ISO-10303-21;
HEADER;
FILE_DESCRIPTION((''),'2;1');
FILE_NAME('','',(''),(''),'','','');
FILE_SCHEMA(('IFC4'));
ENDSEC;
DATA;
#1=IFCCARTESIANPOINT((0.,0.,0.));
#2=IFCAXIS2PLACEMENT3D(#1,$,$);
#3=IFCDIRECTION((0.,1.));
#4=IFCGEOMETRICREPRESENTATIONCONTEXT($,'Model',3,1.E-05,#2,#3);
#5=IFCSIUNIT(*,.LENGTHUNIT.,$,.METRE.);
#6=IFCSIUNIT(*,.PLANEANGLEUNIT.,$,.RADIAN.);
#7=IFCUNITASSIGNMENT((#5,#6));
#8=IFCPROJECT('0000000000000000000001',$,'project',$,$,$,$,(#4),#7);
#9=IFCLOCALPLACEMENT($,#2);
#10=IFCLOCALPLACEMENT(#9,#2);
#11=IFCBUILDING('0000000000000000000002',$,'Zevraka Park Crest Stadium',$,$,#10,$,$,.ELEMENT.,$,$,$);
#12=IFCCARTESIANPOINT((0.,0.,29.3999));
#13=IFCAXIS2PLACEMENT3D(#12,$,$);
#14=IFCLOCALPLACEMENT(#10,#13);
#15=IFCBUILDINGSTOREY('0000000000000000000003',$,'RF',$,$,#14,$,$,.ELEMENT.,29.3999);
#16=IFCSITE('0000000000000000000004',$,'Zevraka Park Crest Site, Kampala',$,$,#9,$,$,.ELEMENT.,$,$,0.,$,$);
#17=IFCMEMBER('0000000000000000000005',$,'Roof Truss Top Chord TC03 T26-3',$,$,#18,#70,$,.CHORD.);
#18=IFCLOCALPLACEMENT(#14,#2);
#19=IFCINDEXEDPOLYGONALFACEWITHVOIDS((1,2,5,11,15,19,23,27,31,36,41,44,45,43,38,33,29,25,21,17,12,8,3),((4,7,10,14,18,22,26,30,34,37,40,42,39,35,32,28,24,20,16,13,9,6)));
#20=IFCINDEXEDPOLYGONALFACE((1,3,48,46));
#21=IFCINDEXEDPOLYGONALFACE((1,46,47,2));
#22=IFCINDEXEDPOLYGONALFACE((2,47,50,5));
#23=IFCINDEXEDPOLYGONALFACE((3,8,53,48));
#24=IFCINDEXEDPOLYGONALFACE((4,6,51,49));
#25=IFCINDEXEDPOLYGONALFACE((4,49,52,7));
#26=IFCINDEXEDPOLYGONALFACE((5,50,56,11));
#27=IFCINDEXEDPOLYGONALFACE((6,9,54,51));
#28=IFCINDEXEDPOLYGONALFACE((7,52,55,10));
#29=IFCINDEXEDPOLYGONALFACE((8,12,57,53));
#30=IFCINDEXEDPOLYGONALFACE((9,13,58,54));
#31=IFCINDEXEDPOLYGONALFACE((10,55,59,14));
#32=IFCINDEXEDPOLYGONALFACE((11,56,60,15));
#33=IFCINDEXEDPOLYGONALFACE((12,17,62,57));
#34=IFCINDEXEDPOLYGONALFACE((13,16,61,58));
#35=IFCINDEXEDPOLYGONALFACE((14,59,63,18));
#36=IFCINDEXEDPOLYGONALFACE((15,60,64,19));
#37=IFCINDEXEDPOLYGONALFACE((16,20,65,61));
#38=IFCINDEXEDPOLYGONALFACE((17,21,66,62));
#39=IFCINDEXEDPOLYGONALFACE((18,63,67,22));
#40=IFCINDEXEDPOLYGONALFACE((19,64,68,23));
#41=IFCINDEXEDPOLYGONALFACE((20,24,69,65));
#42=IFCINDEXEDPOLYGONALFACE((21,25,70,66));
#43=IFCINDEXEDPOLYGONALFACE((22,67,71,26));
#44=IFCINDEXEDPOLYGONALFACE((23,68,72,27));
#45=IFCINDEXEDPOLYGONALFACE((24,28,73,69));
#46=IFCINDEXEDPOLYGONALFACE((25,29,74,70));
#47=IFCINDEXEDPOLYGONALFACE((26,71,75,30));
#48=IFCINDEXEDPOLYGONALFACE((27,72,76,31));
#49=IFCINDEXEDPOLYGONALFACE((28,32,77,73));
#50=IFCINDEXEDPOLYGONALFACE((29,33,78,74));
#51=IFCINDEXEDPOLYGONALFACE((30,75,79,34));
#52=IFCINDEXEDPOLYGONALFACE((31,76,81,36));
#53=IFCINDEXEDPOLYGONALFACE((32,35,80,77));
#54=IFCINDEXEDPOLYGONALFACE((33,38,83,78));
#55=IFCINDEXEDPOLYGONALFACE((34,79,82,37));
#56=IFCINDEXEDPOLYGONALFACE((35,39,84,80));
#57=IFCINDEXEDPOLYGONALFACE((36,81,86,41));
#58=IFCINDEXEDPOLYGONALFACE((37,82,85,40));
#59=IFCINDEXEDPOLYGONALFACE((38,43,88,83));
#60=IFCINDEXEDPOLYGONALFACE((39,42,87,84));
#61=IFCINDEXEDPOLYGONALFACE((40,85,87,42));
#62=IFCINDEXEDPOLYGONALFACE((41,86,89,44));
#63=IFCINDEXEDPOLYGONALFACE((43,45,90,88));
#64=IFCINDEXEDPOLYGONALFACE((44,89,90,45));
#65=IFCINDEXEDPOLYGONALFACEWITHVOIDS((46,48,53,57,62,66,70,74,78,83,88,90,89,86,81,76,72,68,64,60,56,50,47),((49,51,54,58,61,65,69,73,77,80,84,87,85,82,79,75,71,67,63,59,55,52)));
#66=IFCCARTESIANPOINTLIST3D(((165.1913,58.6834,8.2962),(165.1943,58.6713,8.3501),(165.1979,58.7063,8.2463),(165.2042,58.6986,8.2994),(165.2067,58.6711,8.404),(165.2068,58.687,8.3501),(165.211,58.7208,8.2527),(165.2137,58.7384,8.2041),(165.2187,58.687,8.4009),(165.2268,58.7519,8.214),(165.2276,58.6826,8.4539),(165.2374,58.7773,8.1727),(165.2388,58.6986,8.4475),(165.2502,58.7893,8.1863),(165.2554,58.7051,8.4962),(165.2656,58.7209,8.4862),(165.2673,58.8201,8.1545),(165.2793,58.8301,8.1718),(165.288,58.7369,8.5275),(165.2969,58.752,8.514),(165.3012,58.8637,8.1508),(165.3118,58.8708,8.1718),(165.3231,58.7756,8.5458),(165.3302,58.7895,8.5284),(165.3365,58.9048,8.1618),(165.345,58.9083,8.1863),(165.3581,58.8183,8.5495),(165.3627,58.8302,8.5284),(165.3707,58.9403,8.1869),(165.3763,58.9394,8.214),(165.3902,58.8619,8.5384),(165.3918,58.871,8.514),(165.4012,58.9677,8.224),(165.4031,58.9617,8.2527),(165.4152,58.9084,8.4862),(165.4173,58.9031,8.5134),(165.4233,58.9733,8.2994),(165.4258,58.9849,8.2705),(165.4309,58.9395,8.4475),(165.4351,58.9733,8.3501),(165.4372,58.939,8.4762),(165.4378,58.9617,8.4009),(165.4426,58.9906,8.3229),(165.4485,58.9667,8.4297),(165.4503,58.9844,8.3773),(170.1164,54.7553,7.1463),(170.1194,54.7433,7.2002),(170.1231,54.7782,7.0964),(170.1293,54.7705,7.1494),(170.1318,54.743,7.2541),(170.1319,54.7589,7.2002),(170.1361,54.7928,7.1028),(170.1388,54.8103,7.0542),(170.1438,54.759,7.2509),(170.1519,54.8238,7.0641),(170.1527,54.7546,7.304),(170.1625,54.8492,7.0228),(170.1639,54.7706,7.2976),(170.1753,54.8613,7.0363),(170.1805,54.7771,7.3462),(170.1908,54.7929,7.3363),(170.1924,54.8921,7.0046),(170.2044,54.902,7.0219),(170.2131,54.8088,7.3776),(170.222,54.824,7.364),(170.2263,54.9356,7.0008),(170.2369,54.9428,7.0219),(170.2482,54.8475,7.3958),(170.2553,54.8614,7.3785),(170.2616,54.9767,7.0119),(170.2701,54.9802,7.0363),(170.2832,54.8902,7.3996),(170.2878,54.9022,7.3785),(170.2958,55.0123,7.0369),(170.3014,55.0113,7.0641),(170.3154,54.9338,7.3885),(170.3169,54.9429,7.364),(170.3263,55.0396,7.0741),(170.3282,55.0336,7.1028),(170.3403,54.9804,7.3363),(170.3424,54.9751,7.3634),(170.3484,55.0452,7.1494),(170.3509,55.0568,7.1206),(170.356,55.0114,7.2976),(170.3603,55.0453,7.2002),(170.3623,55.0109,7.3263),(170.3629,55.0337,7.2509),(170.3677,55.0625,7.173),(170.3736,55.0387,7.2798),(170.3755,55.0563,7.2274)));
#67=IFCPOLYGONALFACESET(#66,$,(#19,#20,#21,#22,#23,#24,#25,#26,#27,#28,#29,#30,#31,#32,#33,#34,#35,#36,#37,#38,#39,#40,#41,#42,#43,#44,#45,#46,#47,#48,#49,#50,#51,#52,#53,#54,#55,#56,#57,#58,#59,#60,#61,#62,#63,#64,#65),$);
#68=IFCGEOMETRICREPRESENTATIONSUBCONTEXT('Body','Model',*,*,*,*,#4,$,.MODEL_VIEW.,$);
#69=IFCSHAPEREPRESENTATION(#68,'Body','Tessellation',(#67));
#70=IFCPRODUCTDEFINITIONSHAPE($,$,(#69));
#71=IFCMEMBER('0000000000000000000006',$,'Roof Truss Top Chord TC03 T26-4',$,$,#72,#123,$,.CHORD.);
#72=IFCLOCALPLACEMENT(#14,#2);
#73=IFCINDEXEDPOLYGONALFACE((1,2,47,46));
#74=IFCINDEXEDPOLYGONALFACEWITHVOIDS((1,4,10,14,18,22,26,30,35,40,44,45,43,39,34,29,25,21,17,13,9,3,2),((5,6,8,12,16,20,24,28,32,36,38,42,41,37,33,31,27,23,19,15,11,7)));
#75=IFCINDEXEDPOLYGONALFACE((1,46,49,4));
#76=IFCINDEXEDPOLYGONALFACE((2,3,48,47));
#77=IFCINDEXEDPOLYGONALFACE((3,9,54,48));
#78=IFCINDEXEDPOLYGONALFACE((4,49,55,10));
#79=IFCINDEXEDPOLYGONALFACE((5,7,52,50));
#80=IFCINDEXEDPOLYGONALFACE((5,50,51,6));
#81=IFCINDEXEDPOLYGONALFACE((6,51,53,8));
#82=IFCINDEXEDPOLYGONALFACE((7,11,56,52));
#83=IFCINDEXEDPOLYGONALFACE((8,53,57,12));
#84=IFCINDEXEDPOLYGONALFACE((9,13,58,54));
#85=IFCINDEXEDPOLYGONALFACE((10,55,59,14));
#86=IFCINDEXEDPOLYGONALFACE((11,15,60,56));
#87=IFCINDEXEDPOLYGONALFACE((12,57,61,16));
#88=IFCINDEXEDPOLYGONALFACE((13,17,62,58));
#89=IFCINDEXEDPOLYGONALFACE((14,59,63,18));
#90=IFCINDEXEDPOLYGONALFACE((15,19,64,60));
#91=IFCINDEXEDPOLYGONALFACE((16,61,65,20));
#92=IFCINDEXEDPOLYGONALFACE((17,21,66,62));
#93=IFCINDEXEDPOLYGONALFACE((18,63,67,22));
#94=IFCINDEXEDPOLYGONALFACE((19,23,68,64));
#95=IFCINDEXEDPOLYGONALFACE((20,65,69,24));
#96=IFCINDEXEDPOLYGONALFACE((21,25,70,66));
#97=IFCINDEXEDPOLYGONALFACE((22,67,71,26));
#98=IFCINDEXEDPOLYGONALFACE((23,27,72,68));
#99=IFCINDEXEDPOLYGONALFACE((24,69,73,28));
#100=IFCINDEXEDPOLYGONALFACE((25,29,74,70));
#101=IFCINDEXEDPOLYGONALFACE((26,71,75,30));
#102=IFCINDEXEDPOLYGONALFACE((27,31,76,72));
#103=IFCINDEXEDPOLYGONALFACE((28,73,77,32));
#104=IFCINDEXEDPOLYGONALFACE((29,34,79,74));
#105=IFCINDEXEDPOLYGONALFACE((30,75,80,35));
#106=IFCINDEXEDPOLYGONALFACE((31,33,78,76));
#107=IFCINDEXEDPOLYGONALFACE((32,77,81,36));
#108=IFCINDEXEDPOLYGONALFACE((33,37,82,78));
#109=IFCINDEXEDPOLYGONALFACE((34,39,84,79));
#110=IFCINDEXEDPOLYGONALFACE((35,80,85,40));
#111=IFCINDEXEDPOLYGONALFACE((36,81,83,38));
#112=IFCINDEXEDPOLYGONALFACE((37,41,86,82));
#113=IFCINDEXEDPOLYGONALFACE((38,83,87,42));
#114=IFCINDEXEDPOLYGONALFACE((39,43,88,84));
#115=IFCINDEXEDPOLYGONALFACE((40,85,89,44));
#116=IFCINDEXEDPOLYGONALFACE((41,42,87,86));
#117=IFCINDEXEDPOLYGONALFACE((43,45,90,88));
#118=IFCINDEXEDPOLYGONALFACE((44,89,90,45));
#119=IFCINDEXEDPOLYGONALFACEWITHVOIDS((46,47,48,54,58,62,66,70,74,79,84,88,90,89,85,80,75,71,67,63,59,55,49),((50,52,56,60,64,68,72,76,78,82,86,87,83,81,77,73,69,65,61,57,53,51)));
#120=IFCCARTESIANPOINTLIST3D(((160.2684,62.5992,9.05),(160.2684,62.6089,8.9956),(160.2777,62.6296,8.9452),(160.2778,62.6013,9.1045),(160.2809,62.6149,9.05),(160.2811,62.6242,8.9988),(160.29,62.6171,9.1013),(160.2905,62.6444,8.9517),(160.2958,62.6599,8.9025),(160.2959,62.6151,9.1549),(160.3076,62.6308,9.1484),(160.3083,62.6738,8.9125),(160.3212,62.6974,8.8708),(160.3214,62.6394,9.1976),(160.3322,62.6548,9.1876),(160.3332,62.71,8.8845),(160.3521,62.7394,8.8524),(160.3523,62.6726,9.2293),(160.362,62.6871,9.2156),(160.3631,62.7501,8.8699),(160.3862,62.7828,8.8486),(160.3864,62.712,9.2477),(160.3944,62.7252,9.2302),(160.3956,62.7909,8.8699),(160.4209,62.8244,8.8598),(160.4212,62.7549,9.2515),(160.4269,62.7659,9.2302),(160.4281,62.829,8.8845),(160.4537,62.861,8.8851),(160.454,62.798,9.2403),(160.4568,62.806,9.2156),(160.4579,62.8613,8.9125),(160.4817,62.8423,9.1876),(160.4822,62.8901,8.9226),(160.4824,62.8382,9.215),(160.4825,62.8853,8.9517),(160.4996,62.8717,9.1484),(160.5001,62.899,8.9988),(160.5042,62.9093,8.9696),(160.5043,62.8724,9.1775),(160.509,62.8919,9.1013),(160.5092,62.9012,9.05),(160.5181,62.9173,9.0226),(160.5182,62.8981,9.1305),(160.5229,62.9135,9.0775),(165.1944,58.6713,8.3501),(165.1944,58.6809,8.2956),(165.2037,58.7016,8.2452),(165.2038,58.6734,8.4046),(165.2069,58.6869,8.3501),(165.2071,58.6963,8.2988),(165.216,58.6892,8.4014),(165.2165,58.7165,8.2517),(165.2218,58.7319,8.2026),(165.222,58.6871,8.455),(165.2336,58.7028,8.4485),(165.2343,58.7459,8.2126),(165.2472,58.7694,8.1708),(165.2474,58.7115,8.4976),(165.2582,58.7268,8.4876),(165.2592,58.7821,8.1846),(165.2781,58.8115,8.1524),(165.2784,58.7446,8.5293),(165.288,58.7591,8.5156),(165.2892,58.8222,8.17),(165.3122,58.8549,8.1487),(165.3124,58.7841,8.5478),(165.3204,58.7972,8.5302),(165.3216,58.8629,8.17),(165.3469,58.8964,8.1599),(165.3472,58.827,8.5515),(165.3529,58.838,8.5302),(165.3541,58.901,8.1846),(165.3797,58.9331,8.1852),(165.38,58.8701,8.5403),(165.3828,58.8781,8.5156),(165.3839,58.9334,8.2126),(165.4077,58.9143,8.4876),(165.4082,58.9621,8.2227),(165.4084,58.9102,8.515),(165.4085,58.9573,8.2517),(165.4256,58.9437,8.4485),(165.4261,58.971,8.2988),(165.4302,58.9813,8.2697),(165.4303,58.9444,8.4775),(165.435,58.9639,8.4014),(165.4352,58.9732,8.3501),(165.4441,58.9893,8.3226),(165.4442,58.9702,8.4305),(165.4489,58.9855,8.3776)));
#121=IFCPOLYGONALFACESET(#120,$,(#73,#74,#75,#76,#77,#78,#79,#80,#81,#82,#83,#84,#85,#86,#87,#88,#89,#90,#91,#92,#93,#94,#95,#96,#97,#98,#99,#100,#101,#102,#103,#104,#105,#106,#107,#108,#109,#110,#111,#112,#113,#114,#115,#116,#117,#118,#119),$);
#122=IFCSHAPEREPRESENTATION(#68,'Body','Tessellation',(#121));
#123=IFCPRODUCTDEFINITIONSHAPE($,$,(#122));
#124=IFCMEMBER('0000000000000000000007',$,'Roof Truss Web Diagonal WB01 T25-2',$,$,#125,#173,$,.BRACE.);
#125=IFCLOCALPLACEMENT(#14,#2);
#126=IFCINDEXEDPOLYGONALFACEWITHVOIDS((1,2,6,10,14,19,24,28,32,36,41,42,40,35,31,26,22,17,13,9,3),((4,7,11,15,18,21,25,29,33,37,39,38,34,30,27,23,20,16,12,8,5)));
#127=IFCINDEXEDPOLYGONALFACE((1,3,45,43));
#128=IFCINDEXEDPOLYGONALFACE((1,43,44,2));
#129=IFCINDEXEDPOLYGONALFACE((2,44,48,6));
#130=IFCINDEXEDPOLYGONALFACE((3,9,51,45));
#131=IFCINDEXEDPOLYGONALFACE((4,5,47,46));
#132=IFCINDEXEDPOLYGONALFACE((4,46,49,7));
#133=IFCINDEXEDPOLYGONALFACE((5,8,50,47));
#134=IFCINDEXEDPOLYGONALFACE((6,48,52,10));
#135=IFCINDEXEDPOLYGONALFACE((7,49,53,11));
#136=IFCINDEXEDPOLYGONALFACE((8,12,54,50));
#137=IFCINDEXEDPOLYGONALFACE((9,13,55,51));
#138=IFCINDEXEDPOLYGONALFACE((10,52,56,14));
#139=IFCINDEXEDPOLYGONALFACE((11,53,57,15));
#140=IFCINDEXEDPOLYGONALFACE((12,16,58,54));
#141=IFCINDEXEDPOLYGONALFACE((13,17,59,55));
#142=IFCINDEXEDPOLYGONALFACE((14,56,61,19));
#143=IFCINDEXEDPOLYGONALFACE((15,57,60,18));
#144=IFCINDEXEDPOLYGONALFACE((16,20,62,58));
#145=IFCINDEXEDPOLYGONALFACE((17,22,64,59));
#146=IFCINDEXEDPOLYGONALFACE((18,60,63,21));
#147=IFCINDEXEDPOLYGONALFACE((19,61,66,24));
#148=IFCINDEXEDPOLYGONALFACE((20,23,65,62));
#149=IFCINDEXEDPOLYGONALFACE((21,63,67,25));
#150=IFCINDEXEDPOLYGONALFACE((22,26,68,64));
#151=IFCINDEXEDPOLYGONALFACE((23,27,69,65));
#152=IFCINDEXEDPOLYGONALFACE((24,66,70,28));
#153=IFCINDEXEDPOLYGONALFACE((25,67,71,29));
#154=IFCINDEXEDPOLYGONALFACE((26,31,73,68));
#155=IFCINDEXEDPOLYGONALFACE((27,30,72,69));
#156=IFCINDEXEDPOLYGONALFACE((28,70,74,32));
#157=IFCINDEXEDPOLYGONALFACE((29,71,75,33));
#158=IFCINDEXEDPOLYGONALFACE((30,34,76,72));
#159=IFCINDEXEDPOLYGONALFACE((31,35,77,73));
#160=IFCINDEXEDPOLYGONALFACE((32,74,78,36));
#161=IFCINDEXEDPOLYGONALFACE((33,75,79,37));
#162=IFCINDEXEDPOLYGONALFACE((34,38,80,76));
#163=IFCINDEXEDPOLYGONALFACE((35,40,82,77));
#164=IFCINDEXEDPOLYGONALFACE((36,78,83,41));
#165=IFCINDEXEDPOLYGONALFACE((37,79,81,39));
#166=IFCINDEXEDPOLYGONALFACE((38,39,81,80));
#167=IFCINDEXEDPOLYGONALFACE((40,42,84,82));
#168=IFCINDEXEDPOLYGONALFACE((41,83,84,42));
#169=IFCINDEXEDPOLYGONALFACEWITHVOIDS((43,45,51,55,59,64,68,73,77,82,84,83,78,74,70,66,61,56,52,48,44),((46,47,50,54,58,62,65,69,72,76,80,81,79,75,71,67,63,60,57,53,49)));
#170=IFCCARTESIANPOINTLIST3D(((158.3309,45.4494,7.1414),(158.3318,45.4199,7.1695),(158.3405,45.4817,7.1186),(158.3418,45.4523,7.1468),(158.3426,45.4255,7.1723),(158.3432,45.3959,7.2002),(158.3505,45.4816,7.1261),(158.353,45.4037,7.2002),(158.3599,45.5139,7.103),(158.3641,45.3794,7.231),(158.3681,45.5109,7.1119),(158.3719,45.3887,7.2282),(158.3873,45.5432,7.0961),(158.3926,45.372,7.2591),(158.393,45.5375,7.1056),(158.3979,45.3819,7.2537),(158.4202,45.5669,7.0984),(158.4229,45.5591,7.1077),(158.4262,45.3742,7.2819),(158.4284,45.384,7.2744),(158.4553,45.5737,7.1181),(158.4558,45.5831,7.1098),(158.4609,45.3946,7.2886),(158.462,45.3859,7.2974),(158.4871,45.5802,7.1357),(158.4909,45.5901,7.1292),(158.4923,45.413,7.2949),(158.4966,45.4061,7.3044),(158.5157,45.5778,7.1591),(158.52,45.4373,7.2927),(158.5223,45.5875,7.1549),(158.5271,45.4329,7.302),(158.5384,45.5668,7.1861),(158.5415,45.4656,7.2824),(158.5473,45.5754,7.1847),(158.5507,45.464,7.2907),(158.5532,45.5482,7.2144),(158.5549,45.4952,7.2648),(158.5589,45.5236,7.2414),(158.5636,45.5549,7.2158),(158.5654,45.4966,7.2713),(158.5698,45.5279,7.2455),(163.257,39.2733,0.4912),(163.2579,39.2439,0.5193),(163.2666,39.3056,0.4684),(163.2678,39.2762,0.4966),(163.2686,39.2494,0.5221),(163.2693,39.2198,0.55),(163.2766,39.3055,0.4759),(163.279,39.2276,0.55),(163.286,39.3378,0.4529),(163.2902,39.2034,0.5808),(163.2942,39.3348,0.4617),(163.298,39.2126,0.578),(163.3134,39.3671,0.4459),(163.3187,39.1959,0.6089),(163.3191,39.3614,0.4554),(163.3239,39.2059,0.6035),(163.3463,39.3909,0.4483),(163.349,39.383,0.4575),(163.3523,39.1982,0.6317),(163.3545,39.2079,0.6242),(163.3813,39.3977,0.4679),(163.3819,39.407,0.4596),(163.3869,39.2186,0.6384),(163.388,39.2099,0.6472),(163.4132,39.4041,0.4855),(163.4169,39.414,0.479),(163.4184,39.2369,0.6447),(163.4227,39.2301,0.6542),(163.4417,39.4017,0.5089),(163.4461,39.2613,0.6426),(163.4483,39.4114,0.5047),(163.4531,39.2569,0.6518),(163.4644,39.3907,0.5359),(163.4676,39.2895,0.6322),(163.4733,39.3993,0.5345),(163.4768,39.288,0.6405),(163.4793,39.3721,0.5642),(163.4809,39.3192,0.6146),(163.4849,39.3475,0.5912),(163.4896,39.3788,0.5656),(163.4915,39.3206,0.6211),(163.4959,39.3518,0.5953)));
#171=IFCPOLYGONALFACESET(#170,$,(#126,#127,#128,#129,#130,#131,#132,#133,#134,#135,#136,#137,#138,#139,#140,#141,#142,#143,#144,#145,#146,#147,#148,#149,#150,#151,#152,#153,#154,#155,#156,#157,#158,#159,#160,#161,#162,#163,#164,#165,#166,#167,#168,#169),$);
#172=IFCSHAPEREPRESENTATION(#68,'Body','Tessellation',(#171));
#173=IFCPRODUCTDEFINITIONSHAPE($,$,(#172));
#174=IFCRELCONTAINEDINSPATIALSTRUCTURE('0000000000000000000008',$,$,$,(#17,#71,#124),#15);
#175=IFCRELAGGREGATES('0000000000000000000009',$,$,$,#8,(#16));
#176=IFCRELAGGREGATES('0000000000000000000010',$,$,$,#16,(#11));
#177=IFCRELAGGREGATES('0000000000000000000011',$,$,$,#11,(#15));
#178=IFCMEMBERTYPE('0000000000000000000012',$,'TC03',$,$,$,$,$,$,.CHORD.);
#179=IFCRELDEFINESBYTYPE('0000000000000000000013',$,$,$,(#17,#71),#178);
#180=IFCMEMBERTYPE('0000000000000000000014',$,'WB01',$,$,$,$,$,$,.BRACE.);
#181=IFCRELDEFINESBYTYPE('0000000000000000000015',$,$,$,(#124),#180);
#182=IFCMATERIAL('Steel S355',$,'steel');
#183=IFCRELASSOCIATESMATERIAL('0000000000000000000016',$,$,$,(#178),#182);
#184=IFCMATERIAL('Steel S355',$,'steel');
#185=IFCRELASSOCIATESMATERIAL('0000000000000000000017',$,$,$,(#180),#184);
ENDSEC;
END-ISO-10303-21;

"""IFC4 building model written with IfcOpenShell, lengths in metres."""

from ifc_helpers import new_model, si_unit, direction, frame, origin, origin_2d, place, context, subcontext, project, spatial, hollow_circle, extrude, material, material_profile, profile_set, type_object, element, save


model = new_model("IFC4")

# Units and contexts
model_context = context("Model", 3, precision=1e-05, world=origin(), true_north=direction((0.0, 1.0)))
body_context = subcontext(model_context, "Body", "Model", "MODEL_VIEW")
ifc_project = project(units=[si_unit("LENGTHUNIT", "METRE"), si_unit("PLANEANGLEUNIT", "RADIAN")], contexts=[model_context])

# Site, building, storey
site_placement = place(None, origin())
site = spatial("IfcSite", under=ifc_project, at=site_placement, Name="Zevraka Park Crest Site, Kampala", CompositionType="ELEMENT", RefElevation=0.0)
building_placement = place(site_placement, origin())
building = spatial("IfcBuilding", under=site, at=building_placement, Name="Zevraka Park Crest Stadium", CompositionType="ELEMENT")
storey_placement = place(building_placement, frame((0.0, 0.0, 29.3999)))
storey = spatial("IfcBuildingStorey", under=building, at=storey_placement, Name="RF", CompositionType="ELEMENT", Elevation=29.3999)

# Members
ifc_material_1 = material(Name="Steel S355", Category="steel")
ifc_material_profile_1 = material_profile(ifc_material_1, hollow_circle(Radius=0.2031, WallThickness=0.02, at=origin_2d()), Name="CHS 406.4x20")
ifc_profile_set_1 = profile_set([ifc_material_profile_1], Name="Steel S355")
member_type_1 = type_object("IfcMemberType", Name="TC03", PredefinedType="CHORD", material=ifc_profile_set_1)
member_1_placement = place(storey_placement, frame((170.2461, 54.9021, 7.2002), z_axis=(-0.769094, 0.613392, 0.179568), x_axis=(-0.623527, -0.781802, 0.0)))
element("IfcMember", 1, at=member_1_placement, inside=storey, type_object=member_type_1, Name="Roof Truss Top Chord TC03 T26-3", PredefinedType="CHORD", context=body_context, shape_type="SweptSolid", body=[
    extrude(hollow_circle(Radius=0.2031, WallThickness=0.02, at=origin_2d()), origin(), (0.0, 0.0, 1.0), 6.4038),
])
member_2_placement = place(storey_placement, frame((165.321, 58.8301, 8.3501), z_axis=(-0.777081, 0.619639, 0.110417), x_axis=(-0.623451, -0.781862, 0.0)))
element("IfcMember", 2, at=member_2_placement, inside=storey, type_object=member_type_1, Name="Roof Truss Top Chord TC03 T26-4", PredefinedType="CHORD", context=body_context, shape_type="SweptSolid", body=[
    extrude(hollow_circle(Radius=0.2031, WallThickness=0.02, at=origin_2d()), origin(), (0.0, 0.0, 1.0), 6.3391),
])
ifc_material_2 = material(Name="Steel S355", Category="steel")
ifc_material_profile_2 = material_profile(ifc_material_2, hollow_circle(Radius=0.1365, WallThickness=0.0125, at=origin_2d()), Name="CHS 273.0x12.5")
ifc_profile_set_2 = profile_set([ifc_material_profile_2], Name="Steel S355")
member_type_2 = type_object("IfcMemberType", Name="WB01", PredefinedType="BRACE", material=ifc_profile_set_2)
member_3_placement = place(storey_placement, frame((163.376, 39.3049, 0.55), z_axis=(-0.477035, 0.598084, 0.643998), x_axis=(-0.781782, -0.623552, 0.0)))
element("IfcMember", 3, at=member_3_placement, inside=storey, type_object=member_type_2, Name="Roof Truss Web Diagonal WB01 T25-2", PredefinedType="BRACE", context=body_context, shape_type="SweptSolid", body=[
    extrude(hollow_circle(Radius=0.1365, WallThickness=0.0125, at=origin_2d()), origin(), (0.0, 0.0, 1.0), 10.3264),
])

save(model, "model.ifc")
